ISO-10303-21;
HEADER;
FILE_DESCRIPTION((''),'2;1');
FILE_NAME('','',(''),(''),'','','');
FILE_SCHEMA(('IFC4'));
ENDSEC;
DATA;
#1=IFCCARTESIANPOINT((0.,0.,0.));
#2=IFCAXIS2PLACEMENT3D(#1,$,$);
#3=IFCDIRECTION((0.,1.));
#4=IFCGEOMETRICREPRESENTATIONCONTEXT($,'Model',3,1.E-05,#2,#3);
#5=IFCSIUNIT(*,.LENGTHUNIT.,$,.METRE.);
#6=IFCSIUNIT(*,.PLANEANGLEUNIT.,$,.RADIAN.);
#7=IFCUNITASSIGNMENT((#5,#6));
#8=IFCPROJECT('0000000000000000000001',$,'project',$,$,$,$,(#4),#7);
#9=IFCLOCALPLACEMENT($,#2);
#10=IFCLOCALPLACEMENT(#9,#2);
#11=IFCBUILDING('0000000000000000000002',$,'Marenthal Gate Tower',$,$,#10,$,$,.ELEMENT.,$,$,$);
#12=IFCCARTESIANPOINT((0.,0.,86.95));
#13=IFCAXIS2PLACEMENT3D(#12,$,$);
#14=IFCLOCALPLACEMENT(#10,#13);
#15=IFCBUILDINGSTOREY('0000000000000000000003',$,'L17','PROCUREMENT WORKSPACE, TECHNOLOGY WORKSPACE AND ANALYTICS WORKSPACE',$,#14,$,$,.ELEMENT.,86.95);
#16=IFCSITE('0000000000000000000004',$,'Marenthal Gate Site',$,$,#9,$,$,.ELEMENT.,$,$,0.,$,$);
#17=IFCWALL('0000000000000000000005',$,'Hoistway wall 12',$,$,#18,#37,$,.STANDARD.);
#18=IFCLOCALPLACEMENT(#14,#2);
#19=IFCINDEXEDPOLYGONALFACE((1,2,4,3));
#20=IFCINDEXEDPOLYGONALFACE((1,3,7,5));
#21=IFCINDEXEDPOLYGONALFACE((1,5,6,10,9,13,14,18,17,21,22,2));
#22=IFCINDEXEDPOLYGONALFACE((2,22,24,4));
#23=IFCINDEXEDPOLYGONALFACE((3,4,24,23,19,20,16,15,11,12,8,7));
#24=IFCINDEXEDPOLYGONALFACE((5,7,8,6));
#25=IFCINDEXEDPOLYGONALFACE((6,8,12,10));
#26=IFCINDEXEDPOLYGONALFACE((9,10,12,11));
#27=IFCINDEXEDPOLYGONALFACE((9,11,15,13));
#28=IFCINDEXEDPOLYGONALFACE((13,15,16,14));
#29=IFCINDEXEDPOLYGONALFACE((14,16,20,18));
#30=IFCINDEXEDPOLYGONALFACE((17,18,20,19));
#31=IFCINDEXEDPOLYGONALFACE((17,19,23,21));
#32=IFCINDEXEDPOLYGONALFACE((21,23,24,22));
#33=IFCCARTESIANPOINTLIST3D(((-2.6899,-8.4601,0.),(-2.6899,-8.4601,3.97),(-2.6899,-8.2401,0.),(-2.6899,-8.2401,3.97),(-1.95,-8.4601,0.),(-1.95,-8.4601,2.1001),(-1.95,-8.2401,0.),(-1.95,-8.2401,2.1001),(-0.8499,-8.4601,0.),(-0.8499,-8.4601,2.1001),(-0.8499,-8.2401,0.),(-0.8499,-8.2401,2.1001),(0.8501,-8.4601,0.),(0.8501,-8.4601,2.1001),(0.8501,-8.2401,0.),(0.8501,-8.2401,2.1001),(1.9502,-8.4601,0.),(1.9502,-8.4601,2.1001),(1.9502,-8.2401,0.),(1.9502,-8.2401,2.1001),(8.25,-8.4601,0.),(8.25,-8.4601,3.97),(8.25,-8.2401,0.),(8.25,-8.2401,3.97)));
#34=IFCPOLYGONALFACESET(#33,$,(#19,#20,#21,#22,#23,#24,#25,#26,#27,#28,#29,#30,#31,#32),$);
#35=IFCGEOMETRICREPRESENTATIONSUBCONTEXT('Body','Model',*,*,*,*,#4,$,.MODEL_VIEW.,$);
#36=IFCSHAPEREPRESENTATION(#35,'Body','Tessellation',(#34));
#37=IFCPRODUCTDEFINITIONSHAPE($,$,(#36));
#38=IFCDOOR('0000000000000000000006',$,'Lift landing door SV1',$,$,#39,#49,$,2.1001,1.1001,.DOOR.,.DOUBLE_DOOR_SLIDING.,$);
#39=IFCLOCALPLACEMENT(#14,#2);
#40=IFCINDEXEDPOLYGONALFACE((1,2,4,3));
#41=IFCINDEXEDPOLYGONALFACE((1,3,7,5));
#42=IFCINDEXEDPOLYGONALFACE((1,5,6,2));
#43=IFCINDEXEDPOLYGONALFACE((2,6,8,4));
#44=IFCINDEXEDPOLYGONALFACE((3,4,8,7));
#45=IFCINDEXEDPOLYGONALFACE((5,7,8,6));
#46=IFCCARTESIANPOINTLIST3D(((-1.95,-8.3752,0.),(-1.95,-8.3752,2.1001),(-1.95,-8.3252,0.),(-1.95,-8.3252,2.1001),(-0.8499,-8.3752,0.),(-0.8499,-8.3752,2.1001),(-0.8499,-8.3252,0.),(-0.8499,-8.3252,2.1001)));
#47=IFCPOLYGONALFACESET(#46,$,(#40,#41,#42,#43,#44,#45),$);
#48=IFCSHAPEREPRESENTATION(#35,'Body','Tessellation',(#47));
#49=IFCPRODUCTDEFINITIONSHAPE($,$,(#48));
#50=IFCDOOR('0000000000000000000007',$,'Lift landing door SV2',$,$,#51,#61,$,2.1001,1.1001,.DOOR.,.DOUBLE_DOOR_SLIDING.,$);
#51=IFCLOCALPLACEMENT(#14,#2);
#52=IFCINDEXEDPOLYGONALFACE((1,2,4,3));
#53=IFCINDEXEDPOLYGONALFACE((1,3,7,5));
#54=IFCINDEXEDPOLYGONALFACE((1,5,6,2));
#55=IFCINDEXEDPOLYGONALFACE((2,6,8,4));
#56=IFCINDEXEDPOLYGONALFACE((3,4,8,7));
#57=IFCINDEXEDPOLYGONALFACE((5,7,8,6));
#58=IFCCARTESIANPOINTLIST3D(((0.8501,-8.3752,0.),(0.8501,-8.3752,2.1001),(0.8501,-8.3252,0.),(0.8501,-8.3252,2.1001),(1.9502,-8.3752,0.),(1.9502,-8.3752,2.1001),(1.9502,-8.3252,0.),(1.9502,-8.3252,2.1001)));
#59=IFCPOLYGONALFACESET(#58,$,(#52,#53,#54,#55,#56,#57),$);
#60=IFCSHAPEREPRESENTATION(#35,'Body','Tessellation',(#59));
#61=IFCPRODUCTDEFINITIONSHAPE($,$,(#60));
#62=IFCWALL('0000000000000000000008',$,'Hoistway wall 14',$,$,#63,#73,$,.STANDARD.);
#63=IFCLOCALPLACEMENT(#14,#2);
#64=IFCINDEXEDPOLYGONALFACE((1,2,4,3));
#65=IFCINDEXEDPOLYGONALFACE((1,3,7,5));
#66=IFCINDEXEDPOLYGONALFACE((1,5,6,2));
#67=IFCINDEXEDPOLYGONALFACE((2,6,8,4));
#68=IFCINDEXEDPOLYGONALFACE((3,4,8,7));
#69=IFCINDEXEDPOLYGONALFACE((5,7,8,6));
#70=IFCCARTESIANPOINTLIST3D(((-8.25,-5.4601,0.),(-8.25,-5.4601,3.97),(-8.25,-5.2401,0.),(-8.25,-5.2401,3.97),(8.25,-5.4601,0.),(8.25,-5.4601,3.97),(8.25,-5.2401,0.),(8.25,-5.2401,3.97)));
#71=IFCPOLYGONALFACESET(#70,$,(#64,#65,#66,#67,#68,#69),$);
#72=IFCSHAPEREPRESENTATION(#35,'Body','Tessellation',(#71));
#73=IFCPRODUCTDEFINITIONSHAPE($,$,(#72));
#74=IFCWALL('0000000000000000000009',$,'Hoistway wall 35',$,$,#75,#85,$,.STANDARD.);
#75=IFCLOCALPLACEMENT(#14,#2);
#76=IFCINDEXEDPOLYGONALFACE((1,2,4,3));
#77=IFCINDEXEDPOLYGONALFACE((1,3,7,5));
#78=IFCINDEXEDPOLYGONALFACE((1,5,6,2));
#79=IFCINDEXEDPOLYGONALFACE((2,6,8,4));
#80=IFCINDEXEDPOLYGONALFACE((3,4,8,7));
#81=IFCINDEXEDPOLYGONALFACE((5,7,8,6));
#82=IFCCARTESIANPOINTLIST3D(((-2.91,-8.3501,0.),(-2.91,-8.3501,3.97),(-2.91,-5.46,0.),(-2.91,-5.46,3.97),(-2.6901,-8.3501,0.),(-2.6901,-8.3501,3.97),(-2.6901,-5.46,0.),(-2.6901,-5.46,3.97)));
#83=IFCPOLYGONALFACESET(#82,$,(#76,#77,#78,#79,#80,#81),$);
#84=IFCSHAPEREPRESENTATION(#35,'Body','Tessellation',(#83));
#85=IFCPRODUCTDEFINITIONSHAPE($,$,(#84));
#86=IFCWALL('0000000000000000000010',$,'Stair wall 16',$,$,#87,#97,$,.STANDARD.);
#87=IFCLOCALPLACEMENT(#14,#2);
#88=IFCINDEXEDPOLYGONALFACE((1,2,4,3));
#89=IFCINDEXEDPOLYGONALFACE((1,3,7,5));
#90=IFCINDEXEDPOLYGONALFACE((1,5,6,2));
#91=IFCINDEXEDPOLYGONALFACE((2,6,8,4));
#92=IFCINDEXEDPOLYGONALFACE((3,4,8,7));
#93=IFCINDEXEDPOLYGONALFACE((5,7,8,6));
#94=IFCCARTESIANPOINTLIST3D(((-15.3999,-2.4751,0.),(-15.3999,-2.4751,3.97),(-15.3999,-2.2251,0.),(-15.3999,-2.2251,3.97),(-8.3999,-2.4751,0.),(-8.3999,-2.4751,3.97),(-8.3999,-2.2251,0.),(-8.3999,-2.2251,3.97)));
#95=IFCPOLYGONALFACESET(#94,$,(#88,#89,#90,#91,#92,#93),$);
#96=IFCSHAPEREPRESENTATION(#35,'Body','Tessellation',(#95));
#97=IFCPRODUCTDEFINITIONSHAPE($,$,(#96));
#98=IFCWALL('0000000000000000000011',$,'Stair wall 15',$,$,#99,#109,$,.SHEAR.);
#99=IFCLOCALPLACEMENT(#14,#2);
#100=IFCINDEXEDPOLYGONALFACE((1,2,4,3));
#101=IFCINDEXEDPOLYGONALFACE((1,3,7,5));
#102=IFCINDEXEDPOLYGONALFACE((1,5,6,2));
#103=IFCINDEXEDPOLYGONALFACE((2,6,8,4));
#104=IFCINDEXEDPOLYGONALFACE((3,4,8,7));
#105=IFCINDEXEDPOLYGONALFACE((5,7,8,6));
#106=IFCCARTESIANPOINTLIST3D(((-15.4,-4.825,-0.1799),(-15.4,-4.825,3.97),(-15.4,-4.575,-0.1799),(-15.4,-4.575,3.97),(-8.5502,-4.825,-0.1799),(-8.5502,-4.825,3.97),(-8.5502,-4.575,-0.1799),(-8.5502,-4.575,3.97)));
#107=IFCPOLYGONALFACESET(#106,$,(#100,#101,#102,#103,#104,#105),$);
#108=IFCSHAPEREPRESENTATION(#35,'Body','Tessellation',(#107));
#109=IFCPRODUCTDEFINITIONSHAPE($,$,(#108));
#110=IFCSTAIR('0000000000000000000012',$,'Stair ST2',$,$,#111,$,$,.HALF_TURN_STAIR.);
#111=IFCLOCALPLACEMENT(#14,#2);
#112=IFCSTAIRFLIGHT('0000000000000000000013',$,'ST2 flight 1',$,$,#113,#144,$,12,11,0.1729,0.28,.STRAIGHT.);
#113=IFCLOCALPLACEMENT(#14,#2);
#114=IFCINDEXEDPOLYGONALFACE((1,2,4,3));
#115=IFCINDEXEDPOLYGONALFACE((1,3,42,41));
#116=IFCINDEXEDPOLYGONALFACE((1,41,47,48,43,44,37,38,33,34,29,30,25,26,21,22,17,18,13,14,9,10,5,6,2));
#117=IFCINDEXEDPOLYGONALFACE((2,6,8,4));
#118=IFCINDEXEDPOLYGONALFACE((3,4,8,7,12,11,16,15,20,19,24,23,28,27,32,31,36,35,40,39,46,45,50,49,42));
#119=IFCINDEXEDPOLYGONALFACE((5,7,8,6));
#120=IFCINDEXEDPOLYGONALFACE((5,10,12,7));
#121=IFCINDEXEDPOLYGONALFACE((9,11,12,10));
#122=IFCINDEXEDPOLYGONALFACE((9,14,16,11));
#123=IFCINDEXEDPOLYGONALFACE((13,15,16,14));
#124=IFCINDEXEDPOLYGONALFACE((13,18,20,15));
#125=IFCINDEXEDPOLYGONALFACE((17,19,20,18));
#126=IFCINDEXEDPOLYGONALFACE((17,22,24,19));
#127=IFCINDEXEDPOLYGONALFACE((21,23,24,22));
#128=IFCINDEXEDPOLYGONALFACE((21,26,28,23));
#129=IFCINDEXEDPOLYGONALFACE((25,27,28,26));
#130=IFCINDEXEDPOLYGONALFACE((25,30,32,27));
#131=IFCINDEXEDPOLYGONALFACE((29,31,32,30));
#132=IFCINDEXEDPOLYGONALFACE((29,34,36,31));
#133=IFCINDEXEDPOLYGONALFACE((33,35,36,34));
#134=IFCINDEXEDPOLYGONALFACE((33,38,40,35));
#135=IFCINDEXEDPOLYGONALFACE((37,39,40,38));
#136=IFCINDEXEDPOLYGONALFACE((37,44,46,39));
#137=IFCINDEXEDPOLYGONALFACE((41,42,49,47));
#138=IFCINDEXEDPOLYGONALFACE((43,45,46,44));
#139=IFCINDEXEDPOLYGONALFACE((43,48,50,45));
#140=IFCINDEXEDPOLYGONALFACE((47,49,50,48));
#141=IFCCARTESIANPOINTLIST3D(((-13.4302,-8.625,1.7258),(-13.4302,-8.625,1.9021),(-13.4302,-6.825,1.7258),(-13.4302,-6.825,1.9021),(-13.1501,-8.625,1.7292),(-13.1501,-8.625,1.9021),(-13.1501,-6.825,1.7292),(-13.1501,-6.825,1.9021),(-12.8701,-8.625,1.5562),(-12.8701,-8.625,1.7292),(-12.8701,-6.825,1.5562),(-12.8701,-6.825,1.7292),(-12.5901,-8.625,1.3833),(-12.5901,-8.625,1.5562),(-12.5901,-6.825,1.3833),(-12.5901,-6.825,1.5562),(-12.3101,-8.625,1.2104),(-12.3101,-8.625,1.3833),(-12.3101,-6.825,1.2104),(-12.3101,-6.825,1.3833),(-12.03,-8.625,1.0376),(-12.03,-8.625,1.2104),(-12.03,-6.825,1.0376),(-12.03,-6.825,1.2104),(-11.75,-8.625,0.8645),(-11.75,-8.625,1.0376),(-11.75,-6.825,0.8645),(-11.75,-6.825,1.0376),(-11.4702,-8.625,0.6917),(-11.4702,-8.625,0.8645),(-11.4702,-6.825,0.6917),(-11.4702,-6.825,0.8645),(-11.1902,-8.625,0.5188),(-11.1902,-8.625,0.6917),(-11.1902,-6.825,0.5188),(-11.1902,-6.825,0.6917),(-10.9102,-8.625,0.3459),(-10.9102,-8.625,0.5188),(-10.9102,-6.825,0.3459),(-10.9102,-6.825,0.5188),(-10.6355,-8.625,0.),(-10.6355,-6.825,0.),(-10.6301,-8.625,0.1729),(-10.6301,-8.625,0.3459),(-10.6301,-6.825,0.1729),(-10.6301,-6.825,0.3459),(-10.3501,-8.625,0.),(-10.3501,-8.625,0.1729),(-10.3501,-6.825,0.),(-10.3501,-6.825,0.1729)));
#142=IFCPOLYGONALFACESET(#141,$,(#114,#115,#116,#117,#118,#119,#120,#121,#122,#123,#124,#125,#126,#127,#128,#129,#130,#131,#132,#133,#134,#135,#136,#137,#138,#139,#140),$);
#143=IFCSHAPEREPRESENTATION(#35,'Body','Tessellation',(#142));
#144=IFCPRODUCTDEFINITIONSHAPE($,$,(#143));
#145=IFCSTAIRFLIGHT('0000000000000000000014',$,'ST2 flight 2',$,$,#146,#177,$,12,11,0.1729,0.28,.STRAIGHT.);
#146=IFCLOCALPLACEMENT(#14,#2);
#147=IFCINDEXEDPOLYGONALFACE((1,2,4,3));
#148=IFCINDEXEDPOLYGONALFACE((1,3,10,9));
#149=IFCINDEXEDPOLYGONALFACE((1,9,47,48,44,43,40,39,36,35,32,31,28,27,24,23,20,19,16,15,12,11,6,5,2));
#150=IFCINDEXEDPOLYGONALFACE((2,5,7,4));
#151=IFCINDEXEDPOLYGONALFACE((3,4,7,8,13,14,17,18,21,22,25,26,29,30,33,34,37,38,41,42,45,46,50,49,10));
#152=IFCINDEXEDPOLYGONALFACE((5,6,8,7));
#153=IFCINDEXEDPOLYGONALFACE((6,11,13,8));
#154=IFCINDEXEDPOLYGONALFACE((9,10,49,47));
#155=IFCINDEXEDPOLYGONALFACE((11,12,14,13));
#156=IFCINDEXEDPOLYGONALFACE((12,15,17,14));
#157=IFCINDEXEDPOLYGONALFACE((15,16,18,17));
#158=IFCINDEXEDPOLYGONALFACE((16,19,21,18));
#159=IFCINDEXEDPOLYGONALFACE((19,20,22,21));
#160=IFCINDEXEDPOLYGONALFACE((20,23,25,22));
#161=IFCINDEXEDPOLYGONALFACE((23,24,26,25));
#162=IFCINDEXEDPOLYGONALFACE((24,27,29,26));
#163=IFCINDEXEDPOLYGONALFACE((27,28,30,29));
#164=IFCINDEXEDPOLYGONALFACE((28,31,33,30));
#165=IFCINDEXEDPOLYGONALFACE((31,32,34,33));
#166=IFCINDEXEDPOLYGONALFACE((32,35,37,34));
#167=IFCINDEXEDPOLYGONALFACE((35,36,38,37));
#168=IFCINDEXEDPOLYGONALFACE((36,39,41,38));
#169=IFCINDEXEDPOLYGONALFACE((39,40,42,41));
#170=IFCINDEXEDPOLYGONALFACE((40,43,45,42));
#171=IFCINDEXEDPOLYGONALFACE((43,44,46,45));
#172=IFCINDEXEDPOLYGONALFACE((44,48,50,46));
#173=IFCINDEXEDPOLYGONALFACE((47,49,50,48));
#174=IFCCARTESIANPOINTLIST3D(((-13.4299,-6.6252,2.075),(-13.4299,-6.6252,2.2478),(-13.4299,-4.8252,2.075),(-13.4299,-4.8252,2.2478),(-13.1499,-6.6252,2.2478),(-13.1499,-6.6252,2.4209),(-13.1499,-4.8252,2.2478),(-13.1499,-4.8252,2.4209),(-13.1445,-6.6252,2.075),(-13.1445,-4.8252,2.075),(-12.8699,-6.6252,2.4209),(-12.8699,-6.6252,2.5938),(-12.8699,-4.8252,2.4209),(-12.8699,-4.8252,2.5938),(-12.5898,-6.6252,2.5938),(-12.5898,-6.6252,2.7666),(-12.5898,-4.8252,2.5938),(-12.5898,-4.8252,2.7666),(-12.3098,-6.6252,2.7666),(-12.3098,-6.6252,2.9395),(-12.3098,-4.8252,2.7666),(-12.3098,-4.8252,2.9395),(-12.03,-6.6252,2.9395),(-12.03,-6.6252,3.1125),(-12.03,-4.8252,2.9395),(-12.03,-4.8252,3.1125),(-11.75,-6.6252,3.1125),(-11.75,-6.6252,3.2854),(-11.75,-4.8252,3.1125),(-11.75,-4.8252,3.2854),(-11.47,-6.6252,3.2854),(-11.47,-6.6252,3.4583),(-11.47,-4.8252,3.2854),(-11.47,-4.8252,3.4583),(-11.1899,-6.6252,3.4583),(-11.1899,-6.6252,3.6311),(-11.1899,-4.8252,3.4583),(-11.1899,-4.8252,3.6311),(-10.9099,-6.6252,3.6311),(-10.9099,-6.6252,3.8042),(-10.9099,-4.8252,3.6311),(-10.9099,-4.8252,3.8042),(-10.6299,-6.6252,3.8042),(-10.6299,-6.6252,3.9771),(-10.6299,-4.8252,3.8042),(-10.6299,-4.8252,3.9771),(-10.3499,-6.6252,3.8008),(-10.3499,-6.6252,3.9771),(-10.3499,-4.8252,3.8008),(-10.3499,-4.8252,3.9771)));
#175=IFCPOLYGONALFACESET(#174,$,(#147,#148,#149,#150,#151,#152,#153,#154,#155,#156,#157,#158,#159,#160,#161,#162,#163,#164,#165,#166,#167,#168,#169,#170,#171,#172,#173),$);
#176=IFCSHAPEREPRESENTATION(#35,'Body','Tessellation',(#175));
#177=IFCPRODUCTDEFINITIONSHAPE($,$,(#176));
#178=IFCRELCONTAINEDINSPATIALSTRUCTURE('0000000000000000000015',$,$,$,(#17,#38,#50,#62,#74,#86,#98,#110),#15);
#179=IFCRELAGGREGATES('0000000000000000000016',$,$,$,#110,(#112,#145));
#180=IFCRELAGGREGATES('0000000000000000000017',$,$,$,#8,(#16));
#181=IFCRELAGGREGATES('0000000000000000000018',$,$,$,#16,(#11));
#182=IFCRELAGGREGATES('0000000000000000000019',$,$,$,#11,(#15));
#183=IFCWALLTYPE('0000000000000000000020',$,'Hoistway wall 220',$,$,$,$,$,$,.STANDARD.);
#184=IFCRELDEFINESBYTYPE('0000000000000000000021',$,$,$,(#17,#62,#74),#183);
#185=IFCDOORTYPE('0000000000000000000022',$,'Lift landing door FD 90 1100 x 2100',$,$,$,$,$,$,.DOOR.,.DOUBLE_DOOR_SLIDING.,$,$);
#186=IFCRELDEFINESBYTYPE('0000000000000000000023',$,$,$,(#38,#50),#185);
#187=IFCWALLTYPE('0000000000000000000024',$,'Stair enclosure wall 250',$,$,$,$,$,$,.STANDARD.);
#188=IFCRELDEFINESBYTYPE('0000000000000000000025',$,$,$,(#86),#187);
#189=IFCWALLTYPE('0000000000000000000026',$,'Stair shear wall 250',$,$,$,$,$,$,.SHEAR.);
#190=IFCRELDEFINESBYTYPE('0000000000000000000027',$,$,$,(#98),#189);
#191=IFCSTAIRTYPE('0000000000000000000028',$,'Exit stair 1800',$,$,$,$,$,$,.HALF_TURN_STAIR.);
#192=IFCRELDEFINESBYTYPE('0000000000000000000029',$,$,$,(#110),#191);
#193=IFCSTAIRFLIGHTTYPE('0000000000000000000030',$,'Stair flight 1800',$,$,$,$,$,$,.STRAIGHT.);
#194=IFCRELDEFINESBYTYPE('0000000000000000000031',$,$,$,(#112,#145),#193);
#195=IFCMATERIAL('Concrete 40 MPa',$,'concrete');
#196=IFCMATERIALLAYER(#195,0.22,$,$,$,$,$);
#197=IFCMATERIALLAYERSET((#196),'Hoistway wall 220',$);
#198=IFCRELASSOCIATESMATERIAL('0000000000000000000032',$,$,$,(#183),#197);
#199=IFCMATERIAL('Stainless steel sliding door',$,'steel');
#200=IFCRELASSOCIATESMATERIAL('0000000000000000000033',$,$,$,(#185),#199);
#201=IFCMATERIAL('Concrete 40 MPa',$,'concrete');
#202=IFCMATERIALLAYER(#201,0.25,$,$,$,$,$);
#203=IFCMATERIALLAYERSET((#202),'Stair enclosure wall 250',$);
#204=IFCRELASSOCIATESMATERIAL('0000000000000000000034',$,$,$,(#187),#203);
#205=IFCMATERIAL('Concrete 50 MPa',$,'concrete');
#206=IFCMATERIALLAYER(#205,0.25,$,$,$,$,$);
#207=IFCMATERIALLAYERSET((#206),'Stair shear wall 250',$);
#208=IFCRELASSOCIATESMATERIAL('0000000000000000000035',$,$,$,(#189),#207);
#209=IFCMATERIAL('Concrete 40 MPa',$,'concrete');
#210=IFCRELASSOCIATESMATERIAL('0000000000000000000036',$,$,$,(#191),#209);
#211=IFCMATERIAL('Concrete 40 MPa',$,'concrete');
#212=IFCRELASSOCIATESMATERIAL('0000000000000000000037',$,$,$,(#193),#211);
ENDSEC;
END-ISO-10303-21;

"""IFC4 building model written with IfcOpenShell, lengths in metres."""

from ifc_helpers import new_model, si_unit, direction, frame, frame_2d, origin, place, context, subcontext, project, spatial, polyline, rectangle, outline, extrude, material, layer, layer_set, type_object, element, fill, aggregate, save


model = new_model("IFC4")

# Units and contexts
model_context = context("Model", 3, precision=1e-05, world=origin(), true_north=direction((0.0, 1.0)))
body_context = subcontext(model_context, "Body", "Model", "MODEL_VIEW")
ifc_project = project(units=[si_unit("LENGTHUNIT", "METRE"), si_unit("PLANEANGLEUNIT", "RADIAN")], contexts=[model_context])

# Site, building, storey
site_placement = place(None, origin())
site = spatial("IfcSite", under=ifc_project, at=site_placement, Name="Marenthal Gate Site", CompositionType="ELEMENT", RefElevation=0.0)
building_placement = place(site_placement, origin())
building = spatial("IfcBuilding", under=site, at=building_placement, Name="Marenthal Gate Tower", CompositionType="ELEMENT")
storey_placement = place(building_placement, frame((0.0, 0.0, 86.95)))
storey = spatial("IfcBuildingStorey", under=building, at=storey_placement, Name="L17", Description="PROCUREMENT WORKSPACE, TECHNOLOGY WORKSPACE AND ANALYTICS WORKSPACE", CompositionType="ELEMENT", Elevation=86.95)

# Wall, openings, doors
ifc_material_1 = material(Name="Concrete 40 MPa", Category="concrete")
ifc_layer_1 = layer(ifc_material_1, 0.22)
ifc_layer_set_1 = layer_set([ifc_layer_1], Name="Hoistway wall 220")
wall_type_1 = type_object("IfcWallType", Name="Hoistway wall 220", PredefinedType="STANDARD", material=ifc_layer_set_1)
wall_1_placement = place(storey_placement, frame((-2.6899, -8.3501, 0.0), z_axis=(0.0, 0.0, 1.0), x_axis=(1.0, 0.0, 0.0)))
wall_1 = element("IfcWall", 1, at=wall_1_placement, inside=storey, type_object=wall_type_1, Name="Hoistway wall 12", PredefinedType="STANDARD", context=body_context, shape_type="SweptSolid", body=[
    extrude(rectangle(XDim=10.9399, YDim=0.22, at=frame_2d((5.47, 0.0))), origin(), (0.0, 0.0, 1.0), 3.97),
])
opening_1_placement = place(wall_1_placement, frame((0.74, 0.0, 0.0)))
opening_1 = element("IfcOpeningElement", 2, at=opening_1_placement, cuts=wall_1, PredefinedType="OPENING", context=body_context, shape_type="SweptSolid", body=[
    extrude(rectangle(XDim=1.1001, YDim=2.1001, at=frame_2d((0.55, 1.05))), frame((0.0, 0.1201, 0.0), z_axis=(0.0, -1.0, 0.0), x_axis=(1.0, 0.0, 0.0)), (0.0, 0.0, 1.0), 0.24),
])
opening_2_placement = place(wall_1_placement, frame((3.54, 0.0, 0.0)))
opening_2 = element("IfcOpeningElement", 3, at=opening_2_placement, cuts=wall_1, PredefinedType="OPENING", context=body_context, shape_type="SweptSolid", body=[
    extrude(rectangle(XDim=1.1001, YDim=2.1001, at=frame_2d((0.55, 1.05))), frame((0.0, 0.1201, 0.0), z_axis=(0.0, -1.0, 0.0), x_axis=(1.0, 0.0, 0.0)), (0.0, 0.0, 1.0), 0.24),
])
ifc_material_2 = material(Name="Stainless steel sliding door", Category="steel")
door_type_1 = type_object("IfcDoorType", Name="Lift landing door FD 90 1100 x 2100", OperationType="DOUBLE_DOOR_SLIDING", PredefinedType="DOOR", material=ifc_material_2)
door_1_placement = place(opening_1_placement, origin())
door_1 = element("IfcDoor", 4, at=door_1_placement, inside=storey, type_object=door_type_1, Name="Lift landing door SV1", OperationType="DOUBLE_DOOR_SLIDING", OverallHeight=2.1001, OverallWidth=1.1001, PredefinedType="DOOR", context=body_context, shape_type="SweptSolid", body=[
    extrude(rectangle(XDim=1.1001, YDim=2.1001, at=frame_2d((0.55, 1.05))), frame((0.0, 0.0249, 0.0), z_axis=(0.0, -1.0, 0.0), x_axis=(1.0, 0.0, 0.0)), (0.0, 0.0, 1.0), 0.05),
])
fill(opening_1, door_1)
door_2_placement = place(opening_2_placement, origin())
door_2 = element("IfcDoor", 5, at=door_2_placement, inside=storey, type_object=door_type_1, Name="Lift landing door SV2", OperationType="DOUBLE_DOOR_SLIDING", OverallHeight=2.1001, OverallWidth=1.1001, PredefinedType="DOOR", context=body_context, shape_type="SweptSolid", body=[
    extrude(rectangle(XDim=1.1001, YDim=2.1001, at=frame_2d((0.55, 1.05))), frame((0.0, 0.0249, 0.0), z_axis=(0.0, -1.0, 0.0), x_axis=(1.0, 0.0, 0.0)), (0.0, 0.0, 1.0), 0.05),
])
fill(opening_2, door_2)

# Walls
wall_2_placement = place(storey_placement, frame((-8.25, -5.3501, 0.0), z_axis=(0.0, 0.0, 1.0), x_axis=(1.0, 0.0, 0.0)))
element("IfcWall", 6, at=wall_2_placement, inside=storey, type_object=wall_type_1, Name="Hoistway wall 14", PredefinedType="STANDARD", context=body_context, shape_type="SweptSolid", body=[
    extrude(rectangle(XDim=16.5, YDim=0.22, at=frame_2d((8.25, 0.0))), origin(), (0.0, 0.0, 1.0), 3.97),
])
wall_3_placement = place(storey_placement, frame((-2.8, -8.3501, 0.0), z_axis=(0.0, 0.0, 1.0), x_axis=(0.0, 1.0, 0.0)))
element("IfcWall", 7, at=wall_3_placement, inside=storey, type_object=wall_type_1, Name="Hoistway wall 35", PredefinedType="STANDARD", context=body_context, shape_type="SweptSolid", body=[
    extrude(rectangle(XDim=2.8901, YDim=0.22, at=frame_2d((1.4451, 0.0))), origin(), (0.0, 0.0, 1.0), 3.97),
])
ifc_material_3 = material(Name="Concrete 40 MPa", Category="concrete")
ifc_layer_2 = layer(ifc_material_3, 0.25)
ifc_layer_set_2 = layer_set([ifc_layer_2], Name="Stair enclosure wall 250")
wall_type_2 = type_object("IfcWallType", Name="Stair enclosure wall 250", PredefinedType="STANDARD", material=ifc_layer_set_2)
wall_4_placement = place(storey_placement, frame((-15.3999, -2.3501, 0.0), z_axis=(0.0, 0.0, 1.0), x_axis=(1.0, 0.0, 0.0)))
element("IfcWall", 8, at=wall_4_placement, inside=storey, type_object=wall_type_2, Name="Stair wall 16", PredefinedType="STANDARD", context=body_context, shape_type="SweptSolid", body=[
    extrude(rectangle(XDim=7.0, YDim=0.25, at=frame_2d((3.5, 0.0))), origin(), (0.0, 0.0, 1.0), 3.97),
])
ifc_material_4 = material(Name="Concrete 50 MPa", Category="concrete")
ifc_layer_3 = layer(ifc_material_4, 0.25)
ifc_layer_set_3 = layer_set([ifc_layer_3], Name="Stair shear wall 250")
wall_type_3 = type_object("IfcWallType", Name="Stair shear wall 250", PredefinedType="SHEAR", material=ifc_layer_set_3)
wall_5_placement = place(storey_placement, frame((-15.3999, -4.7, -0.1799), z_axis=(0.0, 0.0, 1.0), x_axis=(1.0, 0.0, 0.0)))
element("IfcWall", 9, at=wall_5_placement, inside=storey, type_object=wall_type_3, Name="Stair wall 15", PredefinedType="SHEAR", context=body_context, shape_type="SweptSolid", body=[
    extrude(rectangle(XDim=6.8499, YDim=0.25, at=frame_2d((3.4248, 0.0))), origin(), (0.0, 0.0, 1.0), 4.1499),
])

# Stair, stair flights
ifc_material_5 = material(Name="Concrete 40 MPa", Category="concrete")
stair_type = type_object("IfcStairType", Name="Exit stair 1800", PredefinedType="HALF_TURN_STAIR", material=ifc_material_5)
stair_placement = place(storey_placement, origin())
stair = element("IfcStair", 10, at=stair_placement, inside=storey, type_object=stair_type, Name="Stair ST2", PredefinedType="HALF_TURN_STAIR")
ifc_material_6 = material(Name="Concrete 40 MPa", Category="concrete")
stair_flight_type = type_object("IfcStairFlightType", Name="Stair flight 1800", PredefinedType="STRAIGHT", material=ifc_material_6)
stair_flight_1_placement = place(storey_placement, frame((-10.3501, -7.7251, 0.0), z_axis=(0.0, 0.0, 1.0), x_axis=(-1.0, 0.0, 0.0)))
stair_flight_1 = element("IfcStairFlight", 11, at=stair_flight_1_placement, type_object=stair_flight_type, Name="ST2 flight 1", NumberOfRisers=12, NumberOfTreads=11, PredefinedType="STRAIGHT", RiserHeight=0.1729, TreadLength=0.28, context=body_context, shape_type="SweptSolid", body=[
    extrude(outline(polyline([(0.0, 0.0), (0.0, 0.1729), (0.28, 0.1729), (0.28, 0.3459), (0.5601, 0.3459), (0.5601, 0.5188), (0.8401, 0.5188), (0.8401, 0.6917), (1.1201, 0.6917), (1.1201, 0.8645), (1.3999, 0.8645), (1.3999, 1.0376), (1.6799, 1.0376), (1.6799, 1.2104), (1.96, 1.2104), (1.96, 1.3833), (2.24, 1.3833), (2.24, 1.5562), (2.52, 1.5562), (2.52, 1.7292), (2.8, 1.7292), (2.8, 1.9021), (3.0801, 1.9021), (3.0801, 2.075), (3.0801, 1.7258), (0.2854, 0.0), (0.0, 0.0)])), frame((0.0, 0.8999, 0.0), z_axis=(0.0, -1.0, 0.0), x_axis=(1.0, 0.0, 0.0)), (0.0, 0.0, 1.0), 1.8),
])
stair_flight_2_placement = place(storey_placement, frame((-13.4299, -5.7251, 2.075), z_axis=(0.0, 0.0, 1.0), x_axis=(1.0, 0.0, 0.0)))
stair_flight_2 = element("IfcStairFlight", 12, at=stair_flight_2_placement, type_object=stair_flight_type, Name="ST2 flight 2", NumberOfRisers=12, NumberOfTreads=11, PredefinedType="STRAIGHT", RiserHeight=0.1729, TreadLength=0.28, context=body_context, shape_type="SweptSolid", body=[
    extrude(outline(polyline([(0.0, 0.0), (0.0, 0.1729), (0.28, 0.1729), (0.28, 0.3459), (0.5601, 0.3459), (0.5601, 0.5188), (0.8401, 0.5188), (0.8401, 0.6917), (1.1201, 0.6917), (1.1201, 0.8645), (1.3999, 0.8645), (1.3999, 1.0376), (1.6799, 1.0376), (1.6799, 1.2104), (1.96, 1.2104), (1.96, 1.3833), (2.24, 1.3833), (2.24, 1.5562), (2.52, 1.5562), (2.52, 1.7292), (2.8, 1.7292), (2.8, 1.9021), (3.0801, 1.9021), (3.0801, 2.075), (3.0801, 1.7258), (0.2854, 0.0), (0.0, 0.0)])), frame((0.0, 0.8999, 0.0), z_axis=(0.0, -1.0, 0.0), x_axis=(1.0, 0.0, 0.0)), (0.0, 0.0, 1.0), 1.8),
])
aggregate(stair, [stair_flight_1, stair_flight_2])

save(model, "model.ifc")
